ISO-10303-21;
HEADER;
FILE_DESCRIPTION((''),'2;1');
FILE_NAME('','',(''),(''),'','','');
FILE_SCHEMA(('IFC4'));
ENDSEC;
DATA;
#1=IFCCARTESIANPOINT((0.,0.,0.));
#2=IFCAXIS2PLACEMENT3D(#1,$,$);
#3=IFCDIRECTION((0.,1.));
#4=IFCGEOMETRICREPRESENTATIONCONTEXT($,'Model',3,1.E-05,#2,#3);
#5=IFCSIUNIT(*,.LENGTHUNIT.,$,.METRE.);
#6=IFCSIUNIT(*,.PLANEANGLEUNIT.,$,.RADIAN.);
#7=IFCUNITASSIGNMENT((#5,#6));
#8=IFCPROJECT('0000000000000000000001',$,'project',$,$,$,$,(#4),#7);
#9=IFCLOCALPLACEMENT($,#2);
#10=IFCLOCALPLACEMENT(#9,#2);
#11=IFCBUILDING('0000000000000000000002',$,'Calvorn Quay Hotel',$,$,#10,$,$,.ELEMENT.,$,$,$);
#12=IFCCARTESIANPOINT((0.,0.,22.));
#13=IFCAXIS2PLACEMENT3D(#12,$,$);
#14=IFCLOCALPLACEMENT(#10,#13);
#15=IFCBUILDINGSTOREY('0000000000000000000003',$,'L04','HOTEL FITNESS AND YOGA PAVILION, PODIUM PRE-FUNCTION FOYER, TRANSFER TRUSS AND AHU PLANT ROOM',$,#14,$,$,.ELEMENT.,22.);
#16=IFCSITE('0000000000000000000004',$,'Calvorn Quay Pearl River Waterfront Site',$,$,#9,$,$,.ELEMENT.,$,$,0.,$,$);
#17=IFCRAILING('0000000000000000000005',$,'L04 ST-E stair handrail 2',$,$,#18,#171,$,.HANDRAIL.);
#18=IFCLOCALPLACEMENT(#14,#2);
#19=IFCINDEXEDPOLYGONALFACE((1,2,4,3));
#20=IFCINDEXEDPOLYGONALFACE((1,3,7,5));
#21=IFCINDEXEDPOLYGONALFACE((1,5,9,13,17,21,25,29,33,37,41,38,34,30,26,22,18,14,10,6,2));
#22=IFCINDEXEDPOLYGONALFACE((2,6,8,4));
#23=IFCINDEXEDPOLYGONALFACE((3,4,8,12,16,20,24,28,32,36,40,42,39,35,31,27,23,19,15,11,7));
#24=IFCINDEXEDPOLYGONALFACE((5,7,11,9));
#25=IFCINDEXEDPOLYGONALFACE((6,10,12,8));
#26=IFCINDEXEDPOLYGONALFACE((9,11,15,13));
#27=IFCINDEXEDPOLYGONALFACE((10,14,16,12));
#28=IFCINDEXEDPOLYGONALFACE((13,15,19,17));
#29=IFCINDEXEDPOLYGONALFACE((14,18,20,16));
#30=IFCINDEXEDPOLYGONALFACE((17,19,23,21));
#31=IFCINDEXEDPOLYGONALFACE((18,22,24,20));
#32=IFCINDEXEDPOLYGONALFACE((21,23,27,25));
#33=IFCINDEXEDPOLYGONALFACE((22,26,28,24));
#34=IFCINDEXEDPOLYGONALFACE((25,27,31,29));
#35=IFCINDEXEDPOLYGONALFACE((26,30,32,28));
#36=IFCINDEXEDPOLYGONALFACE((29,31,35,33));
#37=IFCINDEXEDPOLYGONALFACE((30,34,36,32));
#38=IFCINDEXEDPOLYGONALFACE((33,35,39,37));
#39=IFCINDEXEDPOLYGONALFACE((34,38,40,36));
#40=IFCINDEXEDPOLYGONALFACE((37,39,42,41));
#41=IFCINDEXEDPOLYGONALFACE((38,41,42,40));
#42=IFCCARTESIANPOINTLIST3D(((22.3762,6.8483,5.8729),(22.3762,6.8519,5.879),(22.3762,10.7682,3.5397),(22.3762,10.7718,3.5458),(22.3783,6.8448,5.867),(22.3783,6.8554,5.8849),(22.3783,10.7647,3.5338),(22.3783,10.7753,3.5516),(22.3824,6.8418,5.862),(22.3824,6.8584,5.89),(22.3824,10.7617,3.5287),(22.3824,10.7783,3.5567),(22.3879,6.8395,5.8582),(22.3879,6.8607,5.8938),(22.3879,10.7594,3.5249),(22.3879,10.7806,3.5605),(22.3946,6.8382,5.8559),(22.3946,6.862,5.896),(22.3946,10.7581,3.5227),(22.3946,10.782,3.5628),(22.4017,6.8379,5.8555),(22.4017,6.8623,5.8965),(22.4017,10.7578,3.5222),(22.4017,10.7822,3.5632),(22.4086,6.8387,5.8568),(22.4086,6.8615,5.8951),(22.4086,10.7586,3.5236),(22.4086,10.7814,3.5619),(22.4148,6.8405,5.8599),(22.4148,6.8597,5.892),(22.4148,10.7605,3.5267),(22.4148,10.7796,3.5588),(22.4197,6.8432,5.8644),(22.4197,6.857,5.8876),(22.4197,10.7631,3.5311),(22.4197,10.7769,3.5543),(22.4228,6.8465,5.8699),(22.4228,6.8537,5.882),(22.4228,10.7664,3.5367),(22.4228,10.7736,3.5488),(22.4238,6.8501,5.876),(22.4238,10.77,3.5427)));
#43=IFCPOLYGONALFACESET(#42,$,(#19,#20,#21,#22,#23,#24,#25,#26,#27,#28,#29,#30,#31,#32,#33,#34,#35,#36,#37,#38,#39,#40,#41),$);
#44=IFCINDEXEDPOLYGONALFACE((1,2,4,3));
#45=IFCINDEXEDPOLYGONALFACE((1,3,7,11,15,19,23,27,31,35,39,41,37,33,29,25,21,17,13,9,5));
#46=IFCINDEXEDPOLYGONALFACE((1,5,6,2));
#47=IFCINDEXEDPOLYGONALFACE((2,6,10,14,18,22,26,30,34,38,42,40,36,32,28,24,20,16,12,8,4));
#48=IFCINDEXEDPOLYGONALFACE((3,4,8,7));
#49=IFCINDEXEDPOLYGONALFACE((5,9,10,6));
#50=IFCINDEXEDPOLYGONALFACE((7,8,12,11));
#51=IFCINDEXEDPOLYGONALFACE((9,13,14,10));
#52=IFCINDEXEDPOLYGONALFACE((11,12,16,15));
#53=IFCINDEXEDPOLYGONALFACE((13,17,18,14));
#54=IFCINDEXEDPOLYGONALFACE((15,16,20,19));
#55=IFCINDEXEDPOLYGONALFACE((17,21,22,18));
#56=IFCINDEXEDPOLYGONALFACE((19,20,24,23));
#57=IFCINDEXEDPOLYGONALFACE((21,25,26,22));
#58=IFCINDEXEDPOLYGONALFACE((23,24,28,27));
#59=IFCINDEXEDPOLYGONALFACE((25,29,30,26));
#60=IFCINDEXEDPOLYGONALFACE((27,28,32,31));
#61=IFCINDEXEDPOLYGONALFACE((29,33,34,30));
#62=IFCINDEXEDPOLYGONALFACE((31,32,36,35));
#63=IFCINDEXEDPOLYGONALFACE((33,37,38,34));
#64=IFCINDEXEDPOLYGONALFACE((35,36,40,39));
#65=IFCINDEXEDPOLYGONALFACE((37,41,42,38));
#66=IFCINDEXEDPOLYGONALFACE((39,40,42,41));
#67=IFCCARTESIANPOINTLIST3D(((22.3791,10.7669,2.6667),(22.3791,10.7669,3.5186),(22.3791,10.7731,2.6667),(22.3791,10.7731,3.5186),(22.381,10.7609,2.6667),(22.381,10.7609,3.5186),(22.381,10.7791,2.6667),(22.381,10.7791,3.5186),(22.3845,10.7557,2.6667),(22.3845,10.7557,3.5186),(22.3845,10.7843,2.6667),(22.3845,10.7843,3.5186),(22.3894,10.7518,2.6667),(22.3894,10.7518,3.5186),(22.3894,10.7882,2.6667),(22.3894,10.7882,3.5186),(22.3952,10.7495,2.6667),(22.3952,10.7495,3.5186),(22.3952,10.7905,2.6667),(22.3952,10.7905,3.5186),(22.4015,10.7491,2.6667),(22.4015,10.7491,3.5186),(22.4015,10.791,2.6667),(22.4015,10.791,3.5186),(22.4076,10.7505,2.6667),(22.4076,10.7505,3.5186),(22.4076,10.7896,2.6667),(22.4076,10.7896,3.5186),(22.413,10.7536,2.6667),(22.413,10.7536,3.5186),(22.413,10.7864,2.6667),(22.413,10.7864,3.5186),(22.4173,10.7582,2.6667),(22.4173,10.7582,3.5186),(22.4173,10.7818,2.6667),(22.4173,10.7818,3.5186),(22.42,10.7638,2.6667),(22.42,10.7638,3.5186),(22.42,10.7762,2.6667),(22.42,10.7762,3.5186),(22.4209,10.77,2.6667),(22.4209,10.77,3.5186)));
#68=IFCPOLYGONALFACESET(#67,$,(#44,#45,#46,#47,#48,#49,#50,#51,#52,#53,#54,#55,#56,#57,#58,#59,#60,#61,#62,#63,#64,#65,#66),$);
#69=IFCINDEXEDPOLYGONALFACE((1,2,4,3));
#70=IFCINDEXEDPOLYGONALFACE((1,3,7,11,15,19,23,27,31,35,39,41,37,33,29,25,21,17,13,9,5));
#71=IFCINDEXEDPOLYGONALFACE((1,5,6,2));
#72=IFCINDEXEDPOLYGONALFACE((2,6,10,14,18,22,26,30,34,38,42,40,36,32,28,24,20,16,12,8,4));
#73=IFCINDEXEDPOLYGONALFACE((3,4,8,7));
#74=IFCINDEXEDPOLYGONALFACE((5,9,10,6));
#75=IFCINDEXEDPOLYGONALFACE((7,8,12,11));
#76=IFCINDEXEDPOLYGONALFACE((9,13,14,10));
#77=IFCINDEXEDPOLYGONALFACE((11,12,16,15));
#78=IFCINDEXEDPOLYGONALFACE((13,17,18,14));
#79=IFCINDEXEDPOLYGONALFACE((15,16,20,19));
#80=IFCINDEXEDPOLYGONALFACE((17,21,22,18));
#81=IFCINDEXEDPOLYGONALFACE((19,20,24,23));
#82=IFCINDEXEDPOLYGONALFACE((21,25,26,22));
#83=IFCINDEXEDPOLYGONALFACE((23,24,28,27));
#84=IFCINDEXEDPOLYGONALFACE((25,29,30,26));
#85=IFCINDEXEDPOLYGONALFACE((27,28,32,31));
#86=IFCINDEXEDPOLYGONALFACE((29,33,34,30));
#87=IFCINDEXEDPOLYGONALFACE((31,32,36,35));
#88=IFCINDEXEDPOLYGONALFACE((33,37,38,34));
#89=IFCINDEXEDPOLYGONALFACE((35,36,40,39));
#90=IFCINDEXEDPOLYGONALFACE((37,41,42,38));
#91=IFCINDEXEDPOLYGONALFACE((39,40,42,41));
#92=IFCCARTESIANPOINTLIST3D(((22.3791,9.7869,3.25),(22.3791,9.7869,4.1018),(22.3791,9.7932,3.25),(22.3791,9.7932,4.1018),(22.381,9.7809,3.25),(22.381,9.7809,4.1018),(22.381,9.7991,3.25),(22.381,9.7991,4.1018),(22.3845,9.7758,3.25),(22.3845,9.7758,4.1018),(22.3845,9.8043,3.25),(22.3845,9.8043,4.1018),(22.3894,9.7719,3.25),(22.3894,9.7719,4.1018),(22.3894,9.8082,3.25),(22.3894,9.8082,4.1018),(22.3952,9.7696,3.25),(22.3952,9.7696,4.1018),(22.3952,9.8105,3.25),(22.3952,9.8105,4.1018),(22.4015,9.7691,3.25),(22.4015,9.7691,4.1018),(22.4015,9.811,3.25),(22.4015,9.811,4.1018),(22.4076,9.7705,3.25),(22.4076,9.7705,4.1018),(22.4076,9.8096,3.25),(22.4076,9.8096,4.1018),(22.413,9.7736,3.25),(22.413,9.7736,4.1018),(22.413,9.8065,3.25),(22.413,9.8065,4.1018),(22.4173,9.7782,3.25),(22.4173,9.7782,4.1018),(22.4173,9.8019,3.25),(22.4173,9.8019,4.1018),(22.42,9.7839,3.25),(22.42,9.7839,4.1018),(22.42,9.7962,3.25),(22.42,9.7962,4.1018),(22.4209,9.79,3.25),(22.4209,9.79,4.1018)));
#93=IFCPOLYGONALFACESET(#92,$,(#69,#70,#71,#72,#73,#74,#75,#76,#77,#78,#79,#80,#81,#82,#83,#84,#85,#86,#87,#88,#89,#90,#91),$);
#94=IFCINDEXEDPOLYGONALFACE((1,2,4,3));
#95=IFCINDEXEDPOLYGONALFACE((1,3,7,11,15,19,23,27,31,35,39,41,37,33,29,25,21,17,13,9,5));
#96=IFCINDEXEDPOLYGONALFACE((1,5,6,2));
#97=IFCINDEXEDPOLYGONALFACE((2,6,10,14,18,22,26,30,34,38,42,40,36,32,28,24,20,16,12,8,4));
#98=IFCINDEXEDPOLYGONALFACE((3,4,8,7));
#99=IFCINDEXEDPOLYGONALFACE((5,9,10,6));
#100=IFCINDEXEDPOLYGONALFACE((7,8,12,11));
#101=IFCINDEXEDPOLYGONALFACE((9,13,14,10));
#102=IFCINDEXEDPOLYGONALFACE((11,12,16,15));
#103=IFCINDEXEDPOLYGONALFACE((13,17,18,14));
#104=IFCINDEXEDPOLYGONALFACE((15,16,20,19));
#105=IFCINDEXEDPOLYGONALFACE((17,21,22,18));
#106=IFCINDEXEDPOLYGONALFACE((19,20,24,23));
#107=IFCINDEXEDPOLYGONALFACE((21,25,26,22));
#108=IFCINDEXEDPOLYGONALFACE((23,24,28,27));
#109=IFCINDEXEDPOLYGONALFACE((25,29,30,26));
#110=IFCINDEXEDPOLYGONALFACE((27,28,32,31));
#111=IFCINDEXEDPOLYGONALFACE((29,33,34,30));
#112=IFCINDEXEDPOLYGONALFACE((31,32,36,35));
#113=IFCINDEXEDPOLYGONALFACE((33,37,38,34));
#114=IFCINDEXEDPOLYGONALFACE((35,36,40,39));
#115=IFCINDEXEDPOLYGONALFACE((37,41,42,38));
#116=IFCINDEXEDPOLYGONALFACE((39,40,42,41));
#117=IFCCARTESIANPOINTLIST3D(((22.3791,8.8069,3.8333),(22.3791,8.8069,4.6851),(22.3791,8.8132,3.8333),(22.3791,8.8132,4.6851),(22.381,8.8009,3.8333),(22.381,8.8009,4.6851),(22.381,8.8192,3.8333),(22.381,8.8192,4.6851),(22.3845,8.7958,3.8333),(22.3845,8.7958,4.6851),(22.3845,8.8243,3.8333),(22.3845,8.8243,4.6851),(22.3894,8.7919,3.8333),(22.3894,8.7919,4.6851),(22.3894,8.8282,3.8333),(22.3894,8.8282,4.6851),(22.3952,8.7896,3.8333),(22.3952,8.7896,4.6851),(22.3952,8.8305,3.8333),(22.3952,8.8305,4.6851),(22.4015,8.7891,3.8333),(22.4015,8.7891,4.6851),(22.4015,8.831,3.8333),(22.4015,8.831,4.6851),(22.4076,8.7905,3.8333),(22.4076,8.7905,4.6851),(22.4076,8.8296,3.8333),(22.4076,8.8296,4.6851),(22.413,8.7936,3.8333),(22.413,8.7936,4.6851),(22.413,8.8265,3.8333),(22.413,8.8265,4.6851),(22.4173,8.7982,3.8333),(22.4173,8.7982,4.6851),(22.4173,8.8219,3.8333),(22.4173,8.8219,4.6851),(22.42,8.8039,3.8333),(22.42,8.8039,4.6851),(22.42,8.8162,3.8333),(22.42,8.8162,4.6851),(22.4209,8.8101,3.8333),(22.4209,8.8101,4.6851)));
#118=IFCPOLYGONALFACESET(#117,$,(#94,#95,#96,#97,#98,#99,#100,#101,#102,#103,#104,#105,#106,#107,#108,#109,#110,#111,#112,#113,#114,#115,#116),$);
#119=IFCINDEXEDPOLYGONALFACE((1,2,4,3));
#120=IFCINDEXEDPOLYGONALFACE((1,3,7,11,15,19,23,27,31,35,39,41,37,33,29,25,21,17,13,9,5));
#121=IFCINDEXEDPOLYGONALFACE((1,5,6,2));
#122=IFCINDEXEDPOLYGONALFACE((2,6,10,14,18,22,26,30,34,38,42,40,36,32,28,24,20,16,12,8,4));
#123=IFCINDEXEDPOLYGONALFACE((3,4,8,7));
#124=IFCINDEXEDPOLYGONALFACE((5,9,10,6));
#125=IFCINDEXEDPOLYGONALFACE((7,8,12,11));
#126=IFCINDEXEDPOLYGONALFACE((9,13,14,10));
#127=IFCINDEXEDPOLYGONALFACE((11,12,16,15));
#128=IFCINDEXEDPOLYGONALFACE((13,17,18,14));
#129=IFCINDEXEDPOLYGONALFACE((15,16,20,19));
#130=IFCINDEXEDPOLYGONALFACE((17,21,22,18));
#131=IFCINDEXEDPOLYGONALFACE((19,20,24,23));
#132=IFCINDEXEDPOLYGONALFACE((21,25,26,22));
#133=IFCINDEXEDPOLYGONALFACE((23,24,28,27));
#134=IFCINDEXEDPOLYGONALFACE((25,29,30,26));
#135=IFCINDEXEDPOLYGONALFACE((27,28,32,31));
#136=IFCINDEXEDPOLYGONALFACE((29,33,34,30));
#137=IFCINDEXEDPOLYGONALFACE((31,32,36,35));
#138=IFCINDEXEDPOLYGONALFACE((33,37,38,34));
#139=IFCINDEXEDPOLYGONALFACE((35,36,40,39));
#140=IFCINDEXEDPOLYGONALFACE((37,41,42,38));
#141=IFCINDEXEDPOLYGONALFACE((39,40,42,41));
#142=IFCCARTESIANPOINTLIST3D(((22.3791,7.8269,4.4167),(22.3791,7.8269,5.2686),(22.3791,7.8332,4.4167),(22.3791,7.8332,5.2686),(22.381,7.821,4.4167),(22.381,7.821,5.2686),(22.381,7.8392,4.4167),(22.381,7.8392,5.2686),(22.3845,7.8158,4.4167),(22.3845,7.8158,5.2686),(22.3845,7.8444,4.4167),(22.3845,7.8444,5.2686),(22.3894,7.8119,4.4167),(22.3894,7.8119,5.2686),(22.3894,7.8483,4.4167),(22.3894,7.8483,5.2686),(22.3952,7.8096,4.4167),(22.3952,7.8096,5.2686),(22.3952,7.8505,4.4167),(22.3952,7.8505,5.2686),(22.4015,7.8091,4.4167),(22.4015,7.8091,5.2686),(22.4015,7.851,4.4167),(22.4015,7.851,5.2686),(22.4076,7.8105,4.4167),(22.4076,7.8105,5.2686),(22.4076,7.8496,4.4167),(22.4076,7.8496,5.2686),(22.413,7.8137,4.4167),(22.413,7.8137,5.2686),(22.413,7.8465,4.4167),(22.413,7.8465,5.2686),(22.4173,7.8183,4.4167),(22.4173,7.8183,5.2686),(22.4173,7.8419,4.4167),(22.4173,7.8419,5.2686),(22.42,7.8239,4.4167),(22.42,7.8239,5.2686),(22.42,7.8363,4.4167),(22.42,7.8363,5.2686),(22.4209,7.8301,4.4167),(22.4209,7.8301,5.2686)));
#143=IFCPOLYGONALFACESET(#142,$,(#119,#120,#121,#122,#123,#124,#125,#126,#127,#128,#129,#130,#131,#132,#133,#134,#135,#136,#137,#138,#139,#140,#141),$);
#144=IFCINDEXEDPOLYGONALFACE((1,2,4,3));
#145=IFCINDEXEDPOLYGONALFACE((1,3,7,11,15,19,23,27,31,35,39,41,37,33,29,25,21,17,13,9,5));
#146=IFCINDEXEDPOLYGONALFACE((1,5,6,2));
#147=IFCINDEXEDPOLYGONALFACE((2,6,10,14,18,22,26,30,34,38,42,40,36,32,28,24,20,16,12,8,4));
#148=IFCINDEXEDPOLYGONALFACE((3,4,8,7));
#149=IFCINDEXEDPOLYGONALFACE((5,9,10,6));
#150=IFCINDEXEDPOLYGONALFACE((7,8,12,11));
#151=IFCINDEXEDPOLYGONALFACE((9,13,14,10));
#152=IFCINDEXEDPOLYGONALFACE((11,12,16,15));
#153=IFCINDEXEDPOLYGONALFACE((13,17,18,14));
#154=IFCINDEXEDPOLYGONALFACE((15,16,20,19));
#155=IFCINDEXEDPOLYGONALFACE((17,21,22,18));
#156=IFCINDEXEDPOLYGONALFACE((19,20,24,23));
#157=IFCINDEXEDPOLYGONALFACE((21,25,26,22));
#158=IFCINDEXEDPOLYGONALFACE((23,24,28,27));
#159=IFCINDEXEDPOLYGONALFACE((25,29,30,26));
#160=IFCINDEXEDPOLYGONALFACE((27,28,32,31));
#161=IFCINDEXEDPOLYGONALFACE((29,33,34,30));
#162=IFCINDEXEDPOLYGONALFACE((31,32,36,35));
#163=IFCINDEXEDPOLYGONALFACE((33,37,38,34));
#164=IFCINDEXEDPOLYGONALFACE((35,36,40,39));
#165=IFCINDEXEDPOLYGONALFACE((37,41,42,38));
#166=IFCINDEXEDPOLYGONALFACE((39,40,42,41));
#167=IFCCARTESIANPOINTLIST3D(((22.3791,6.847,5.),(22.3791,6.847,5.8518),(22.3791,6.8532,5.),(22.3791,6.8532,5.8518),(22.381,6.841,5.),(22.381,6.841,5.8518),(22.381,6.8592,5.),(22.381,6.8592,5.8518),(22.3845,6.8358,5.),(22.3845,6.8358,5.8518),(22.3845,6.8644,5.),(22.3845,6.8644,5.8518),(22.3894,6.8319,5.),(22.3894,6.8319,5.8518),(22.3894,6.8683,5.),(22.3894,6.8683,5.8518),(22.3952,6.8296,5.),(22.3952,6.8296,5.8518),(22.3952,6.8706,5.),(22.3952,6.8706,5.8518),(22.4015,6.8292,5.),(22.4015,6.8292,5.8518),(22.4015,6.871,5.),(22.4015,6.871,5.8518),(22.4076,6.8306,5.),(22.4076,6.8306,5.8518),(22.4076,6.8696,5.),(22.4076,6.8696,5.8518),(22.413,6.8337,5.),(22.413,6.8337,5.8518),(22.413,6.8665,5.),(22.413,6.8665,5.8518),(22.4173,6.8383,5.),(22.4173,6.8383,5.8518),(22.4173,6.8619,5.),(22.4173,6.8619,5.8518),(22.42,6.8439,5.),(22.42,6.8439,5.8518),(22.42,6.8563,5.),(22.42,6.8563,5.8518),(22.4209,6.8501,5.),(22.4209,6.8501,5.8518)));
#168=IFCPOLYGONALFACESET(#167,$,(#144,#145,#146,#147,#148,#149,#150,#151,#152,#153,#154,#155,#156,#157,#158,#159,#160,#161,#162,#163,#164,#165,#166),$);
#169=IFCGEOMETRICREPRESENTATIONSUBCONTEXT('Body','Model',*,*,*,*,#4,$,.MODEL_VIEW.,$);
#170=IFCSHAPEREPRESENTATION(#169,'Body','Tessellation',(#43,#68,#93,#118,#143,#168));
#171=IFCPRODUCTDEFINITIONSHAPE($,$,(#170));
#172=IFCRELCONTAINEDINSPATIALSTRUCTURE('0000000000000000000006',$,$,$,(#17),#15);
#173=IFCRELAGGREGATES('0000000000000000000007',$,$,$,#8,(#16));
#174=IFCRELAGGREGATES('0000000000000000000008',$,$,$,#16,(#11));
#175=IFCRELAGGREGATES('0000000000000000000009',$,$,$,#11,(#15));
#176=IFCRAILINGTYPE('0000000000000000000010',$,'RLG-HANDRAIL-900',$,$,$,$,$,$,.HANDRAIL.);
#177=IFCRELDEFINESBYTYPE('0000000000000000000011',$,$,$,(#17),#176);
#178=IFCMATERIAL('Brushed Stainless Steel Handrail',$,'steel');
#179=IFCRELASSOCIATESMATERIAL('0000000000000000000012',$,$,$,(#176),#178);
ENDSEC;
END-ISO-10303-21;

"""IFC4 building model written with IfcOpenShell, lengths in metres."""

from ifc_helpers import new_model, si_unit, direction, frame, origin, origin_2d, place, context, subcontext, project, spatial, circle, extrude, material, type_object, element, save


model = new_model("IFC4")

# Units and contexts
model_context = context("Model", 3, precision=1e-05, world=origin(), true_north=direction((0.0, 1.0)))
body_context = subcontext(model_context, "Body", "Model", "MODEL_VIEW")
ifc_project = project(units=[si_unit("LENGTHUNIT", "METRE"), si_unit("PLANEANGLEUNIT", "RADIAN")], contexts=[model_context])

# Site, building, storey
site_placement = place(None, origin())
site = spatial("IfcSite", under=ifc_project, at=site_placement, Name="Calvorn Quay Pearl River Waterfront Site", CompositionType="ELEMENT", RefElevation=0.0)
building_placement = place(site_placement, origin())
building = spatial("IfcBuilding", under=site, at=building_placement, Name="Calvorn Quay Hotel", CompositionType="ELEMENT")
storey_placement = place(building_placement, frame((0.0, 0.0, 22.0)))
storey = spatial("IfcBuildingStorey", under=building, at=storey_placement, Name="L04", Description="HOTEL FITNESS AND YOGA PAVILION, PODIUM PRE-FUNCTION FOYER, TRANSFER TRUSS AND AHU PLANT ROOM", CompositionType="ELEMENT", Elevation=22.0)

# Railing
ifc_material_1 = material(Name="Brushed Stainless Steel Handrail", Category="steel")
railing_type_1 = type_object("IfcRailingType", Name="RLG-HANDRAIL-900", PredefinedType="HANDRAIL", material=ifc_material_1)
railing_1_placement = place(storey_placement, frame((22.3999, 10.77, 2.6667)))
element("IfcRailing", 1, at=railing_1_placement, inside=storey, type_object=railing_type_1, Name="L04 ST-E stair handrail 2", PredefinedType="HANDRAIL", context=body_context, shape_type="SweptSolid", body=[
    extrude(circle(Radius=0.0239, at=origin_2d()), frame((0.0, 0.0, 0.876), z_axis=(0.0, -0.859296, 0.511478), x_axis=(1.0, 0.0, 0.0)), (0.0, 0.0, 1.0), 4.5618),
    extrude(circle(Radius=0.021, at=origin_2d()), origin(), (0.0, 0.0, 1.0), 0.8518),
    extrude(circle(Radius=0.021, at=origin_2d()), frame((0.0, -0.98, 0.5833)), (0.0, 0.0, 1.0), 0.8518),
    extrude(circle(Radius=0.021, at=origin_2d()), frame((0.0, -1.96, 1.1665)), (0.0, 0.0, 1.0), 0.8518),
    extrude(circle(Radius=0.021, at=origin_2d()), frame((0.0, -2.9399, 1.75)), (0.0, 0.0, 1.0), 0.8518),
    extrude(circle(Radius=0.021, at=origin_2d()), frame((0.0, -3.9199, 2.3333)), (0.0, 0.0, 1.0), 0.8518),
])

save(model, "model.ifc")
